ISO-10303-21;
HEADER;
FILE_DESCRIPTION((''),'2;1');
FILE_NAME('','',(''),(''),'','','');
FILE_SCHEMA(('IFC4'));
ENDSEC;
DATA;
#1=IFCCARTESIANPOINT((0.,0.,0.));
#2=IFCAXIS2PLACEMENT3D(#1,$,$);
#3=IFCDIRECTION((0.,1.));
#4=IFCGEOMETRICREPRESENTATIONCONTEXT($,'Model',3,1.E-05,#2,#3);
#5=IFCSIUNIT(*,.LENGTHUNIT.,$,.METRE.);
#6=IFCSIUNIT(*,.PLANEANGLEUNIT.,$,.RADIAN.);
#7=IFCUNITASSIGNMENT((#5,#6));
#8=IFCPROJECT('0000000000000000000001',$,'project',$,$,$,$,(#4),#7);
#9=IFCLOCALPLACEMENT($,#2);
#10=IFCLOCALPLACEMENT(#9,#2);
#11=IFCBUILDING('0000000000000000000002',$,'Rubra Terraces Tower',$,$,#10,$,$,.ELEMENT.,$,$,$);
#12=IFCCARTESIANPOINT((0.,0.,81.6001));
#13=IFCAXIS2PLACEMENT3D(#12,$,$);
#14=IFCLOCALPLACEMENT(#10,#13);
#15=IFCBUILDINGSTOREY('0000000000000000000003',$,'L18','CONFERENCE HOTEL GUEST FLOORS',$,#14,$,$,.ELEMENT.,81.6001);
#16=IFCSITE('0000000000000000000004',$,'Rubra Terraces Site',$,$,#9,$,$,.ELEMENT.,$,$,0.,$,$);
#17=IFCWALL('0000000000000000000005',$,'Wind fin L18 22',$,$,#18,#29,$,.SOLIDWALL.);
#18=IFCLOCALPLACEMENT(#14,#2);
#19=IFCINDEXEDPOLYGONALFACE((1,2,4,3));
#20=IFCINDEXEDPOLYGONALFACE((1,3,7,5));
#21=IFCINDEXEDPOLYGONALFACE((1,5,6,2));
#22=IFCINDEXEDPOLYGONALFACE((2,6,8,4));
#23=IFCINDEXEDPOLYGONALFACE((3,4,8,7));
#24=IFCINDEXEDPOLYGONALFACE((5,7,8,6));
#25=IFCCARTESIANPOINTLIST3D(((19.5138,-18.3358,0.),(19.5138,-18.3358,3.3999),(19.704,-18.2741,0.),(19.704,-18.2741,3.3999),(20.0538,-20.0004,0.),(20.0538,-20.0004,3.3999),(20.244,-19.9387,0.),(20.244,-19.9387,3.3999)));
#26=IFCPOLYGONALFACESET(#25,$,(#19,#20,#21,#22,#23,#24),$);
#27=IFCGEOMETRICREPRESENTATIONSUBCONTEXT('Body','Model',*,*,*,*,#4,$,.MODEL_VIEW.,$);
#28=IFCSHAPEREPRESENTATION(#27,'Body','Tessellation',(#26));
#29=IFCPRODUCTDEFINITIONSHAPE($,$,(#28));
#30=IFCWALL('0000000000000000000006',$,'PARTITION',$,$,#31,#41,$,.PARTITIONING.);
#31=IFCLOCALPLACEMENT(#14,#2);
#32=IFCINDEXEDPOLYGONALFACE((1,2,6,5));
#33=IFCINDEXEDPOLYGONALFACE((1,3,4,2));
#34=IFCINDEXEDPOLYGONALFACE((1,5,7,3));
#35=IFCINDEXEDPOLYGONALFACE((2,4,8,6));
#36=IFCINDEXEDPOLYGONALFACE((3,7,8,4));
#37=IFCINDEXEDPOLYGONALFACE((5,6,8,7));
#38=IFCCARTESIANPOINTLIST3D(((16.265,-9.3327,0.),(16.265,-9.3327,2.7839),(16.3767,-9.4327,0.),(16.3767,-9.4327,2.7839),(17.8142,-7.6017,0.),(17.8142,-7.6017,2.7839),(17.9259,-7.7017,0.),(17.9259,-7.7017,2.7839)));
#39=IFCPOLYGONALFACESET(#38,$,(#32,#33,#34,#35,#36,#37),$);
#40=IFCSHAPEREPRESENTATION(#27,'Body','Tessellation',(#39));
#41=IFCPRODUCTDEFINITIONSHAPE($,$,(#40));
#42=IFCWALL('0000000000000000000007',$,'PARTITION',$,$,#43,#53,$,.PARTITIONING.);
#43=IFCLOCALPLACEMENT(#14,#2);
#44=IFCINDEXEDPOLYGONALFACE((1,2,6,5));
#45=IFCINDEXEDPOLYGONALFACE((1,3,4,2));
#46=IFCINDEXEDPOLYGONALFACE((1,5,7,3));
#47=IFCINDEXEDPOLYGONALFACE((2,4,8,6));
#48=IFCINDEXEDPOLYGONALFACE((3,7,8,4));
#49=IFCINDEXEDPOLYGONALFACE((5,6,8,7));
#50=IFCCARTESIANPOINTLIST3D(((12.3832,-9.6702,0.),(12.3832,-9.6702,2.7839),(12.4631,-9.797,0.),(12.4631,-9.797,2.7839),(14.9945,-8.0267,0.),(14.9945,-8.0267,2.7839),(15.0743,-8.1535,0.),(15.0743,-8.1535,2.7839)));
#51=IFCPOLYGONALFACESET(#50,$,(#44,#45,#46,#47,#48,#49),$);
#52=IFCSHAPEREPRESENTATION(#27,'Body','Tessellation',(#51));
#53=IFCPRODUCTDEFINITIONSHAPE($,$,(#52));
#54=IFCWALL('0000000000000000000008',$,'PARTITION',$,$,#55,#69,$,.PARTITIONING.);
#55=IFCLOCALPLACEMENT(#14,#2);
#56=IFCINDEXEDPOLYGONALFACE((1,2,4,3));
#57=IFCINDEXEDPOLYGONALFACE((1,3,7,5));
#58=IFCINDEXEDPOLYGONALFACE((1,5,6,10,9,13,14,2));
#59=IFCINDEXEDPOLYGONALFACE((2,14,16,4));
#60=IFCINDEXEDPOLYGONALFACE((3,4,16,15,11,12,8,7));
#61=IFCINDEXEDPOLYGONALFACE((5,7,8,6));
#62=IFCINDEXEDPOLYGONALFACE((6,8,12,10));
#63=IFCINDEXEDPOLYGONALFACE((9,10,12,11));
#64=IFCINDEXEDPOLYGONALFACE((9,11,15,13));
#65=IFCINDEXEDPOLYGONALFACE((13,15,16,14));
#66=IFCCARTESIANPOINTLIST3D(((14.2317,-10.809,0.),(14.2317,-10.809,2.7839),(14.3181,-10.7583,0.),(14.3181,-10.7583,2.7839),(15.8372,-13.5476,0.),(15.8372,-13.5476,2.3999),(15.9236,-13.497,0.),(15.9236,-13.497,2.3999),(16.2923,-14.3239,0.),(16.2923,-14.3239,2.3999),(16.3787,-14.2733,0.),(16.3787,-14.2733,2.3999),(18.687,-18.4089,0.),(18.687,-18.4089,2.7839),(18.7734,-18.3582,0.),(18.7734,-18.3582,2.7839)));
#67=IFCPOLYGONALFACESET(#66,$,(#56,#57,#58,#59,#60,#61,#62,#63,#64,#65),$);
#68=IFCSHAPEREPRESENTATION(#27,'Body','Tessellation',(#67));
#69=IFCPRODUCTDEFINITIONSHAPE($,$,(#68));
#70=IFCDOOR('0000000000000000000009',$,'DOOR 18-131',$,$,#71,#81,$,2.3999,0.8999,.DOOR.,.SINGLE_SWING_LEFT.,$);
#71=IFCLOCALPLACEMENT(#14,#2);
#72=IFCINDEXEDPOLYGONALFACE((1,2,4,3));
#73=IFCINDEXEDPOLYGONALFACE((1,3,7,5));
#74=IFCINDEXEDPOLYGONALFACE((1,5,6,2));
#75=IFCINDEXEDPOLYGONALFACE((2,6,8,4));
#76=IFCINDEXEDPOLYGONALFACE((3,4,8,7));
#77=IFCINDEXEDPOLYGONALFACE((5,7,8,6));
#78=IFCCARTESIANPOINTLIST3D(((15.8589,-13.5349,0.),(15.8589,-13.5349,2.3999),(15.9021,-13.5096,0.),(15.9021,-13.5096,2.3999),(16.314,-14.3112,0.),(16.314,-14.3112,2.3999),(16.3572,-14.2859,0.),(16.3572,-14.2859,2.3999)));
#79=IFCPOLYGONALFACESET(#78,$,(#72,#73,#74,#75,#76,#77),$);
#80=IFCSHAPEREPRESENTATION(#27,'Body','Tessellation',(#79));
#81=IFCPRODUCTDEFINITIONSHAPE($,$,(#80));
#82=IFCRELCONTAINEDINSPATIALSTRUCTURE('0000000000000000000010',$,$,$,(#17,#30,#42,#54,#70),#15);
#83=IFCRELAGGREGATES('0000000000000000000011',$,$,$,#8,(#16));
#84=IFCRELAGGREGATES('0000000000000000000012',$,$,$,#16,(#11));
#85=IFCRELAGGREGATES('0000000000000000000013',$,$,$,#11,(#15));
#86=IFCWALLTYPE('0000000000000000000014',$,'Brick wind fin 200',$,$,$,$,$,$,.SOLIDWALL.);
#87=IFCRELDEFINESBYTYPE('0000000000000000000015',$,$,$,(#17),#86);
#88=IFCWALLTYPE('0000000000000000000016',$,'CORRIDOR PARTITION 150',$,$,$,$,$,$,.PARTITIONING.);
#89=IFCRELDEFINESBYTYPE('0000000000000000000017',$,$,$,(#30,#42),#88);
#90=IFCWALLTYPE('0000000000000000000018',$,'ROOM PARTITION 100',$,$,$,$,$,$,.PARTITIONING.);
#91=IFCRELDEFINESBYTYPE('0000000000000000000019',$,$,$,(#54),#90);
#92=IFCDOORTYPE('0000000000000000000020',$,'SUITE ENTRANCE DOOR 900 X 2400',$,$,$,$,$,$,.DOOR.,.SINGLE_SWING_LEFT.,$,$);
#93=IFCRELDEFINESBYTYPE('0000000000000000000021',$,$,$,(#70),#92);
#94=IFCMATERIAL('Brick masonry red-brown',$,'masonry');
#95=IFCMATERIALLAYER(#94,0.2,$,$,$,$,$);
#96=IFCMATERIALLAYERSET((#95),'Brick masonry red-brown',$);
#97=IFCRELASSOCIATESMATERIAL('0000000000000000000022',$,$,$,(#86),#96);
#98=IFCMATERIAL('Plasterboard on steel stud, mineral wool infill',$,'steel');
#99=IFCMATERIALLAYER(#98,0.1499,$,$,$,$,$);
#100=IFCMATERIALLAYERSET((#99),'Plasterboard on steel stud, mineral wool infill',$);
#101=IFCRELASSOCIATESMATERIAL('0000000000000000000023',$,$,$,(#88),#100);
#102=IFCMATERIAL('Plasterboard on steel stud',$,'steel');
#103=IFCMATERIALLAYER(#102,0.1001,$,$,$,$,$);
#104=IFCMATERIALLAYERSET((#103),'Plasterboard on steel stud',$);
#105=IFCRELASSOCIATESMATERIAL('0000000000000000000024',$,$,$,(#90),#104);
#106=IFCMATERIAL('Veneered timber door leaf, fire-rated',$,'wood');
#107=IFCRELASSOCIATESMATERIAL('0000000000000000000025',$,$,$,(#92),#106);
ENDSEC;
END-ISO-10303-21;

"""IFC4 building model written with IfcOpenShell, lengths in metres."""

from ifc_helpers import new_model, si_unit, direction, frame, frame_2d, origin, place, context, subcontext, project, spatial, rectangle, extrude, material, layer, layer_set, type_object, element, fill, save


model = new_model("IFC4")

# Units and contexts
model_context = context("Model", 3, precision=1e-05, world=origin(), true_north=direction((0.0, 1.0)))
body_context = subcontext(model_context, "Body", "Model", "MODEL_VIEW")
ifc_project = project(units=[si_unit("LENGTHUNIT", "METRE"), si_unit("PLANEANGLEUNIT", "RADIAN")], contexts=[model_context])

# Site, building, storey
site_placement = place(None, origin())
site = spatial("IfcSite", under=ifc_project, at=site_placement, Name="Rubra Terraces Site", CompositionType="ELEMENT", RefElevation=0.0)
building_placement = place(site_placement, origin())
building = spatial("IfcBuilding", under=site, at=building_placement, Name="Rubra Terraces Tower", CompositionType="ELEMENT")
storey_placement = place(building_placement, frame((0.0, 0.0, 81.6001)))
storey = spatial("IfcBuildingStorey", under=building, at=storey_placement, Name="L18", Description="CONFERENCE HOTEL GUEST FLOORS", CompositionType="ELEMENT", Elevation=81.6001)

# Shared definitions
ifc_material_1 = material(Name="Brick masonry red-brown", Category="masonry")

# Walls
ifc_layer_1 = layer(ifc_material_1, 0.2)
ifc_layer_set_1 = layer_set([ifc_layer_1], Name="Brick masonry red-brown")
wall_type_1 = type_object("IfcWallType", Name="Brick wind fin 200", PredefinedType="SOLIDWALL", material=ifc_layer_set_1)
wall_1_placement = place(storey_placement, frame((19.6089, -18.3049, 0.0), z_axis=(0.0, 0.0, 1.0), x_axis=(0.3086, -0.951192, 0.0)))
element("IfcWall", 1, at=wall_1_placement, inside=storey, type_object=wall_type_1, Name="Wind fin L18 22", PredefinedType="SOLIDWALL", context=body_context, shape_type="SweptSolid", body=[
    extrude(rectangle(XDim=1.75, YDim=0.2, at=frame_2d((0.875, 0.0))), origin(), (0.0, 0.0, 1.0), 3.3999),
])
ifc_material_2 = material(Name="Plasterboard on steel stud, mineral wool infill", Category="steel")
ifc_layer_2 = layer(ifc_material_2, 0.1499)
ifc_layer_set_2 = layer_set([ifc_layer_2], Name="Plasterboard on steel stud, mineral wool infill")
wall_type_2 = type_object("IfcWallType", Name="CORRIDOR PARTITION 150", PredefinedType="PARTITIONING", material=ifc_layer_set_2)
wall_2_placement = place(storey_placement, frame((16.3208, -9.3828, 0.0), z_axis=(0.0, 0.0, 1.0), x_axis=(0.666872, 0.745173, 0.0)))
element("IfcWall", 2, at=wall_2_placement, inside=storey, type_object=wall_type_2, Name="PARTITION", PredefinedType="PARTITIONING", context=body_context, shape_type="SweptSolid", body=[
    extrude(rectangle(XDim=2.323, YDim=0.1499, at=frame_2d((1.1616, 0.0))), origin(), (0.0, 0.0, 1.0), 2.7839),
])
wall_3_placement = place(storey_placement, frame((15.0344, -8.0901, 0.0), z_axis=(0.0, 0.0, 1.0), x_axis=(-0.846323, -0.532671, 0.0)))
element("IfcWall", 3, at=wall_3_placement, inside=storey, type_object=wall_type_2, Name="PARTITION", PredefinedType="PARTITIONING", context=body_context, shape_type="SweptSolid", body=[
    extrude(rectangle(XDim=3.0854, YDim=0.1499, at=frame_2d((1.5427, 0.0))), origin(), (0.0, 0.0, 1.0), 2.7839),
])

# Wall, opening, door
ifc_material_3 = material(Name="Plasterboard on steel stud", Category="steel")
ifc_layer_3 = layer(ifc_material_3, 0.1001)
ifc_layer_set_3 = layer_set([ifc_layer_3], Name="Plasterboard on steel stud")
wall_type_3 = type_object("IfcWallType", Name="ROOM PARTITION 100", PredefinedType="PARTITIONING", material=ifc_layer_set_3)
wall_4_placement = place(storey_placement, frame((18.7302, -18.3835, 0.0), z_axis=(0.0, 0.0, 1.0), x_axis=(-0.505739, 0.862686, 0.0)))
wall_4 = element("IfcWall", 4, at=wall_4_placement, inside=storey, type_object=wall_type_3, Name="PARTITION", PredefinedType="PARTITIONING", context=body_context, shape_type="SweptSolid", body=[
    extrude(rectangle(XDim=8.8096, YDim=0.1001, at=frame_2d((4.4048, 0.0))), origin(), (0.0, 0.0, 1.0), 2.7839),
])
opening_1_placement = place(wall_4_placement, frame((4.7351, 0.0, 0.0)))
opening_1 = element("IfcOpeningElement", 5, at=opening_1_placement, cuts=wall_4, PredefinedType="OPENING", context=body_context, shape_type="SweptSolid", body=[
    extrude(rectangle(XDim=0.8999, YDim=2.3999, at=frame_2d((0.45, 1.2))), frame((0.0, 0.0601, 0.0), z_axis=(0.0, -1.0, 0.0), x_axis=(1.0, 0.0, 0.0)), (0.0, 0.0, 1.0), 0.1201),
])
ifc_material_4 = material(Name="Veneered timber door leaf, fire-rated", Category="wood")
door_type = type_object("IfcDoorType", Name="SUITE ENTRANCE DOOR 900 X 2400", OperationType="SINGLE_SWING_LEFT", PredefinedType="DOOR", material=ifc_material_4)
door_placement = place(opening_1_placement, origin())
door = element("IfcDoor", 6, at=door_placement, inside=storey, type_object=door_type, Name="DOOR 18-131", OperationType="SINGLE_SWING_LEFT", OverallHeight=2.3999, OverallWidth=0.8999, PredefinedType="DOOR", context=body_context, shape_type="SweptSolid", body=[
    extrude(rectangle(XDim=0.8999, YDim=2.3999, at=frame_2d((0.45, 1.2))), frame((0.0, 0.0249, 0.0), z_axis=(0.0, -1.0, 0.0), x_axis=(1.0, 0.0, 0.0)), (0.0, 0.0, 1.0), 0.05),
])
fill(opening_1, door)

save(model, "model.ifc")
